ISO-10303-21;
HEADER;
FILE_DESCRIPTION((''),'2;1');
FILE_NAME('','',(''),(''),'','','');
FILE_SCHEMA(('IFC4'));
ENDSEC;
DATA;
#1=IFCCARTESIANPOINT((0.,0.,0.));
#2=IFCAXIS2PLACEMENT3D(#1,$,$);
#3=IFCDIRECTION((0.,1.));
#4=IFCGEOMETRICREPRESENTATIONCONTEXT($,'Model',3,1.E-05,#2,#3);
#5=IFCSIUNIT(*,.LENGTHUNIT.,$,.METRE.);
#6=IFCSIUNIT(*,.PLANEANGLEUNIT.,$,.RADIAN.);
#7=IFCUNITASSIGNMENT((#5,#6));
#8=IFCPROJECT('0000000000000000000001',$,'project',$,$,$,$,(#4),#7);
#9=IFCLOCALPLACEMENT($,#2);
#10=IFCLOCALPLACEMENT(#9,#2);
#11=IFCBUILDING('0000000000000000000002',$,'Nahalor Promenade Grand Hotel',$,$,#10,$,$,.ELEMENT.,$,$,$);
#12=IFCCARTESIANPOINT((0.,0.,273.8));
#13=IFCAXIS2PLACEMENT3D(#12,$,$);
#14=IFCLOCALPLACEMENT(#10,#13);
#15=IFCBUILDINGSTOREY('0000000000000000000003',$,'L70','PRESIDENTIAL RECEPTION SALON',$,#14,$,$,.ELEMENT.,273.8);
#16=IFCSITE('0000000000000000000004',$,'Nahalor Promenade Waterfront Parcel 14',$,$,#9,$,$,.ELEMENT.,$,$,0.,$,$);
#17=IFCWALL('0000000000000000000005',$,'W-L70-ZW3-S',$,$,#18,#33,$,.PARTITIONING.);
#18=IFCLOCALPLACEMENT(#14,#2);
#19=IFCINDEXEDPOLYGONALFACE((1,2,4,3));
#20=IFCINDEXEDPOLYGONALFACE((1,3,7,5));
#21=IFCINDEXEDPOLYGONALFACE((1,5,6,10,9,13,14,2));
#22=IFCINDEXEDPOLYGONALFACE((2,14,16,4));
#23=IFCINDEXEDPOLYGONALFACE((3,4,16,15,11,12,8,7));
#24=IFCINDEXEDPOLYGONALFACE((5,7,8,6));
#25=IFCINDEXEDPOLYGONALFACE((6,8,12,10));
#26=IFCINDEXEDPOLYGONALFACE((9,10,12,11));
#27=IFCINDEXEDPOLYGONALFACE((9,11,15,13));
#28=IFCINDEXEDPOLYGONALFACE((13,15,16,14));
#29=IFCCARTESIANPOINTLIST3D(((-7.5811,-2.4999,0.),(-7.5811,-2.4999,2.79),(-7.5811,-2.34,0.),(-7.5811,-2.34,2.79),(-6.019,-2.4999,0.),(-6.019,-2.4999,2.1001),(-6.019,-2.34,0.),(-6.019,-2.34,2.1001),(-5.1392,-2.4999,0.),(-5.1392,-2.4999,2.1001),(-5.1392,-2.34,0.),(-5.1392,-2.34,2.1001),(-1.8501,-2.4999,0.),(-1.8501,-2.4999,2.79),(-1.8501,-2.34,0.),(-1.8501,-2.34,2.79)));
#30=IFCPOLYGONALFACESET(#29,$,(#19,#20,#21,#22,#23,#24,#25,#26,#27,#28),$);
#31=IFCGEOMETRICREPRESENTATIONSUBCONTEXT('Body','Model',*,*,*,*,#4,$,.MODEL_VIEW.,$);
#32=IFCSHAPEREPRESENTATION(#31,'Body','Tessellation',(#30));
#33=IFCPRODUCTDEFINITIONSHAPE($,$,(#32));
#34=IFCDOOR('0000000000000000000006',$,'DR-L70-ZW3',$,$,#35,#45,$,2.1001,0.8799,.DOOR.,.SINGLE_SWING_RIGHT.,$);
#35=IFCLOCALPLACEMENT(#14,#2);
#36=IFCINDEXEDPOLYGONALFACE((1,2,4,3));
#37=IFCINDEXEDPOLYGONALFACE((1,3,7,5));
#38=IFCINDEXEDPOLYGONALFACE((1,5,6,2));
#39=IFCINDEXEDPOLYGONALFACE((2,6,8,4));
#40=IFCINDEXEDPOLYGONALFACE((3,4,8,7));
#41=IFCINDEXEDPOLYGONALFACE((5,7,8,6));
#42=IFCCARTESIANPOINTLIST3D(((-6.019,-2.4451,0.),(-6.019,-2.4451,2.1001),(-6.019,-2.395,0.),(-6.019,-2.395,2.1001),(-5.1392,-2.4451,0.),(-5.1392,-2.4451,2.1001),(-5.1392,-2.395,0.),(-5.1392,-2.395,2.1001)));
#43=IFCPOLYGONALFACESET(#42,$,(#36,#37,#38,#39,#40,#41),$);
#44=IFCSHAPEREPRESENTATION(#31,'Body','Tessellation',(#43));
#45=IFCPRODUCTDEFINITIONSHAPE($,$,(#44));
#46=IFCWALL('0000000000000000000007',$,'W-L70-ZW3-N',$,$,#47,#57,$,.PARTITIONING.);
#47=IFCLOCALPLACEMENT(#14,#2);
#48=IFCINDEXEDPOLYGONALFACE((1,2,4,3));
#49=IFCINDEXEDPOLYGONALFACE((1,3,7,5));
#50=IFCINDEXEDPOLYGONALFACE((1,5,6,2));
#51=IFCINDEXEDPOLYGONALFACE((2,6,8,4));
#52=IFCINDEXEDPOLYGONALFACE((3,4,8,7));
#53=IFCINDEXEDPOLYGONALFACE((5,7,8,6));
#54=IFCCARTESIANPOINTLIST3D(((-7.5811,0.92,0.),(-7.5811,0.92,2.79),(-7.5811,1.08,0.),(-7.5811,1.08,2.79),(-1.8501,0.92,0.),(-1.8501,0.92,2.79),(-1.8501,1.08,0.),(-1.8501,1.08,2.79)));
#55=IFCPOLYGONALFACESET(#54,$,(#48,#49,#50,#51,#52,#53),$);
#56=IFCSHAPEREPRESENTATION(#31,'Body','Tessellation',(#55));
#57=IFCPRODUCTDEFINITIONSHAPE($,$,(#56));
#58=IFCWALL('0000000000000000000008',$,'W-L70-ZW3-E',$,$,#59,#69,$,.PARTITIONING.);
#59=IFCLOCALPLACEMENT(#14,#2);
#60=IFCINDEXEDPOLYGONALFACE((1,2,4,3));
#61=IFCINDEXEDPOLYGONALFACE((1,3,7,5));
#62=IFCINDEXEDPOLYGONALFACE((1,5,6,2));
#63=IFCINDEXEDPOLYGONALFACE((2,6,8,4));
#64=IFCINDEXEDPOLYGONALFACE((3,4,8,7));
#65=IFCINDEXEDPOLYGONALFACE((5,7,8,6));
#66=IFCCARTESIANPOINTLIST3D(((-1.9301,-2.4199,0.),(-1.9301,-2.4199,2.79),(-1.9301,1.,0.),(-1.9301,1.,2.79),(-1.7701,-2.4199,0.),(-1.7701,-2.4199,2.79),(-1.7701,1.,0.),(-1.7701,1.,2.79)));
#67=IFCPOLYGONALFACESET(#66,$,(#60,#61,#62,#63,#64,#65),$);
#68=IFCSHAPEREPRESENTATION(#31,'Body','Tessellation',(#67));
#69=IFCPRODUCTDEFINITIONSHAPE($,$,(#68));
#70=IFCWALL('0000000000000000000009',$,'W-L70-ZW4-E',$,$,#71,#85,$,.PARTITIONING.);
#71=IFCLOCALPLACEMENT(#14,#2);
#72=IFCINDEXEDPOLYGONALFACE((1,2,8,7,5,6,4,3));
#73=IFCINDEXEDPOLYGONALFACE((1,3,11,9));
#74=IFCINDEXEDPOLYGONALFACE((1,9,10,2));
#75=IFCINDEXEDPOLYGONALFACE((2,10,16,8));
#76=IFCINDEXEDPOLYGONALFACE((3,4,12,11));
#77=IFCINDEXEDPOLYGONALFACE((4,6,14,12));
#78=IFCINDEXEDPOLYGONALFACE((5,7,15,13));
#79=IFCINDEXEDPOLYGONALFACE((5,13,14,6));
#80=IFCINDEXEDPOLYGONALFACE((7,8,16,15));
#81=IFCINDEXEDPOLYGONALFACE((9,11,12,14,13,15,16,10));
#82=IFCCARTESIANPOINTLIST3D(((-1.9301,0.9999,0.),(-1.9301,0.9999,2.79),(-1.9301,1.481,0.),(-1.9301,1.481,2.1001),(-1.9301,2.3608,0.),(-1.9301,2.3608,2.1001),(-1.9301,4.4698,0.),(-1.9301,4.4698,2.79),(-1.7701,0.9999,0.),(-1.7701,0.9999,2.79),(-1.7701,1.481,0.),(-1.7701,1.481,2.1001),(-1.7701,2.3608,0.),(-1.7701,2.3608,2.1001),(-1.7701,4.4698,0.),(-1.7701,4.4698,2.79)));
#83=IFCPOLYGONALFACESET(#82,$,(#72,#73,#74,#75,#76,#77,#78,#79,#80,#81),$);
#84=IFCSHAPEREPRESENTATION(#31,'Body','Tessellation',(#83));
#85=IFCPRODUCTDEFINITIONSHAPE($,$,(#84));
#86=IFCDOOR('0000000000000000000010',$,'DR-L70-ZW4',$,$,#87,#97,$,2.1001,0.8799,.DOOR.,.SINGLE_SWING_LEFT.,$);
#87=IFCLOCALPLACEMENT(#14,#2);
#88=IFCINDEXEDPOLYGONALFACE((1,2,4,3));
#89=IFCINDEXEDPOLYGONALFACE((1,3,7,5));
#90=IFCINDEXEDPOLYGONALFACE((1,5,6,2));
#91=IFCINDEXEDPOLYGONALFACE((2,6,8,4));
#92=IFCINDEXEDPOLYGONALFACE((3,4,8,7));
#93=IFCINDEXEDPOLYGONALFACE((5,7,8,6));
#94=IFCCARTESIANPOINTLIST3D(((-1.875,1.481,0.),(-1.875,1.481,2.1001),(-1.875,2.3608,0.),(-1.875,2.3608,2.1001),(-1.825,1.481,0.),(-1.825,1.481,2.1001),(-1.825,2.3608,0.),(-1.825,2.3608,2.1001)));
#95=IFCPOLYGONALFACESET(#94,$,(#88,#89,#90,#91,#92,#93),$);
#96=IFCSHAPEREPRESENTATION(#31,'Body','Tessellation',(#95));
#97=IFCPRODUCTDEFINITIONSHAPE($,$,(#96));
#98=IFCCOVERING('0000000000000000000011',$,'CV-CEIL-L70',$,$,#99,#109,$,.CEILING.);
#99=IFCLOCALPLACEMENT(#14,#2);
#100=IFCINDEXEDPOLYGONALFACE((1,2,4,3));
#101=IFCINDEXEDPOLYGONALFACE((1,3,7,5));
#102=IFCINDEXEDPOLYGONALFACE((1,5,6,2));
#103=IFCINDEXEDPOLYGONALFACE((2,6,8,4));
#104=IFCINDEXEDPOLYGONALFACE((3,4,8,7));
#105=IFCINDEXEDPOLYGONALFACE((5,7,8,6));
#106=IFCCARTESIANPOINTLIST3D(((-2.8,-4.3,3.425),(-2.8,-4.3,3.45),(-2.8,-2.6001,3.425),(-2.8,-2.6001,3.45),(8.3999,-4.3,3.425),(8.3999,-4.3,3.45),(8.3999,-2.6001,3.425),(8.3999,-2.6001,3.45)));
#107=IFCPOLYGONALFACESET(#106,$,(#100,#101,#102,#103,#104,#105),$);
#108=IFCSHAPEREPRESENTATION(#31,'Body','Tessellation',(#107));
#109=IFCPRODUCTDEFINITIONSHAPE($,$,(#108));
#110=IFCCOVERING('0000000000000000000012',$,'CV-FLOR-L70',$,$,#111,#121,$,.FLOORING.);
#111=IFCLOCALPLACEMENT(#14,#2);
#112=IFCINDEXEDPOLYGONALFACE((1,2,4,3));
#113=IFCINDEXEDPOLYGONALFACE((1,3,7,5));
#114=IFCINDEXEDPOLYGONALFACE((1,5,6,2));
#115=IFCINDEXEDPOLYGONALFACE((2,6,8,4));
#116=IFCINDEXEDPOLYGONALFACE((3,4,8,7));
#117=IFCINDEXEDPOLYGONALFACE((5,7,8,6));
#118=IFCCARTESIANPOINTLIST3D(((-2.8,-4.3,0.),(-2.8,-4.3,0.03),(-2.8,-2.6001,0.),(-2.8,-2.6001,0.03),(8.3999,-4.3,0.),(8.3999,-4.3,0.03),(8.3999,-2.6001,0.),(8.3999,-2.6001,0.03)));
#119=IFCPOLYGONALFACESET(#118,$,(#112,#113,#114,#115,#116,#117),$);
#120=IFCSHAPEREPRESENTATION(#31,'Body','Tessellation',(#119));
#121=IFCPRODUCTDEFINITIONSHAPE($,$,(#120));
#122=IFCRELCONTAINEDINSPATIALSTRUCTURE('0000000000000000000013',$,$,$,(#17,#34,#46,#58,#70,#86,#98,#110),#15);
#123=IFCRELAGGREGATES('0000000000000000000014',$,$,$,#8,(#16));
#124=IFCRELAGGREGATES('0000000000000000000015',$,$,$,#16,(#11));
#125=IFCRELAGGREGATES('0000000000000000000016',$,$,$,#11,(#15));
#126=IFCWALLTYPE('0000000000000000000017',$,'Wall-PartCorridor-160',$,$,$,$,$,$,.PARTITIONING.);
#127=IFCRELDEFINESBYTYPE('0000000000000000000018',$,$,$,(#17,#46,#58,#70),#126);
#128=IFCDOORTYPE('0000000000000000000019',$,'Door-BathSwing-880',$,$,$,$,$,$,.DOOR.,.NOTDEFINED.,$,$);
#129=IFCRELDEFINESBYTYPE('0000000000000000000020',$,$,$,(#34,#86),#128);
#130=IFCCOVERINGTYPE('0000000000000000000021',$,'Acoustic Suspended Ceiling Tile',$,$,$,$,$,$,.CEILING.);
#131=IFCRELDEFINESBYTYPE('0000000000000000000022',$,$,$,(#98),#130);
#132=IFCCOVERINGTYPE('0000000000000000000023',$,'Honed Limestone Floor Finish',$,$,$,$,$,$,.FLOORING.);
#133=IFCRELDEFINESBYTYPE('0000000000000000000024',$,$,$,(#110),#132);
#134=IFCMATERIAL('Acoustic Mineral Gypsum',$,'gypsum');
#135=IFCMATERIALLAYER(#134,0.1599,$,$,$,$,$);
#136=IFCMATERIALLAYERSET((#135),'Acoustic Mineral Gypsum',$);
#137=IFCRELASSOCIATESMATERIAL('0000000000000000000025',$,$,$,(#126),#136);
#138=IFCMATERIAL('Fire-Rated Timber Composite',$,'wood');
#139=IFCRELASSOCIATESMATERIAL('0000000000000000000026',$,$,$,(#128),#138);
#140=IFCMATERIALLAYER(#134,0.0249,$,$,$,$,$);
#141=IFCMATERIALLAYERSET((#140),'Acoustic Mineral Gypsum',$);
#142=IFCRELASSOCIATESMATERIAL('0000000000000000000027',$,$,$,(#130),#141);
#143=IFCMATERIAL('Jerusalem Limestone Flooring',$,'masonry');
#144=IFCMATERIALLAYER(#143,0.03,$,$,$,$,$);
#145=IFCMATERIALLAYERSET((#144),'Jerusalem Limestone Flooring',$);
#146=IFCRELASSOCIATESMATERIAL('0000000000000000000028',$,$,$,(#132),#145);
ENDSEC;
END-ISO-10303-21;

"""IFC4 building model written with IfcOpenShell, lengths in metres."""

from ifc_helpers import new_model, si_unit, direction, frame, frame_2d, origin, place, context, subcontext, project, spatial, polyline, rectangle, outline, extrude, source, transform, mapped, material, layer, layer_set, type_object, element, fill, save


model = new_model("IFC4")

# Units and contexts
model_context = context("Model", 3, precision=1e-05, world=origin(), true_north=direction((0.0, 1.0)))
body_context = subcontext(model_context, "Body", "Model", "MODEL_VIEW")
ifc_project = project(units=[si_unit("LENGTHUNIT", "METRE"), si_unit("PLANEANGLEUNIT", "RADIAN")], contexts=[model_context])

# Site, building, storey
site_placement = place(None, origin())
site = spatial("IfcSite", under=ifc_project, at=site_placement, Name="Nahalor Promenade Waterfront Parcel 14", CompositionType="ELEMENT", RefElevation=0.0)
building_placement = place(site_placement, origin())
building = spatial("IfcBuilding", under=site, at=building_placement, Name="Nahalor Promenade Grand Hotel", CompositionType="ELEMENT")
storey_placement = place(building_placement, frame((0.0, 0.0, 273.8)))
storey = spatial("IfcBuildingStorey", under=building, at=storey_placement, Name="L70", Description="PRESIDENTIAL RECEPTION SALON", CompositionType="ELEMENT", Elevation=273.8)

# Shared definitions
ifc_material_1 = material(Name="Acoustic Mineral Gypsum", Category="gypsum")
ifc_layer_1 = layer(ifc_material_1, 0.1599)
ifc_layer_set_1 = layer_set([ifc_layer_1], Name="Acoustic Mineral Gypsum")
wall_type = type_object("IfcWallType", Name="Wall-PartCorridor-160", PredefinedType="PARTITIONING", material=ifc_layer_set_1)

# Wall, opening, door
ifc_material_2 = material(Name="Fire-Rated Timber Composite", Category="wood")
door_type = type_object("IfcDoorType", Name="Door-BathSwing-880", OperationType="NOTDEFINED", PredefinedType="DOOR", material=ifc_material_2)
shared_shape_1 = source(origin(), body_context, "Body", "SweptSolid", [
    extrude(rectangle(XDim=0.8799, YDim=2.1001, at=frame_2d((0.4399, 1.05))), frame((0.0, 0.0249, 0.0), z_axis=(0.0, -1.0, 0.0), x_axis=(1.0, 0.0, 0.0)), (0.0, 0.0, 1.0), 0.05),
])
shared_shape_2 = source(origin(), body_context, "Body", "SweptSolid", [
    extrude(rectangle(XDim=5.731, YDim=0.1599, at=frame_2d((2.8655, 0.0))), origin(), (0.0, 0.0, 1.0), 2.79),
])
wall_1_placement = place(storey_placement, frame((-7.5811, -2.4199, 0.0), z_axis=(0.0, 0.0, 1.0), x_axis=(1.0, 0.0, 0.0)))
wall_1 = element("IfcWall", 1, at=wall_1_placement, inside=storey, type_object=wall_type, Name="W-L70-ZW3-S", PredefinedType="PARTITIONING", context=body_context, shape_type="MappedRepresentation", body=[
    mapped(shared_shape_2, transform((0.0, 0.0, 0.0), scale=1.0)),
])
opening_1_placement = place(wall_1_placement, frame((1.562, 0.0, 0.0)))
opening_1 = element("IfcOpeningElement", 2, at=opening_1_placement, cuts=wall_1, PredefinedType="OPENING", context=body_context, shape_type="SweptSolid", body=[
    extrude(rectangle(XDim=0.8799, YDim=2.1001, at=frame_2d((0.4399, 1.05))), frame((0.0, 0.0898, 0.0), z_axis=(0.0, -1.0, 0.0), x_axis=(1.0, 0.0, 0.0)), (0.0, 0.0, 1.0), 0.1799),
])
door_1_placement = place(opening_1_placement, origin())
door_1 = element("IfcDoor", 3, at=door_1_placement, inside=storey, type_object=door_type, Name="DR-L70-ZW3", OperationType="SINGLE_SWING_RIGHT", OverallHeight=2.1001, OverallWidth=0.8799, PredefinedType="DOOR", context=body_context, shape_type="MappedRepresentation", body=[
    mapped(shared_shape_1, transform((0.0, 0.0, 0.0), scale=1.0)),
])
fill(opening_1, door_1)

# Walls
wall_2_placement = place(storey_placement, frame((-7.5811, 1.0, 0.0), z_axis=(0.0, 0.0, 1.0), x_axis=(1.0, 0.0, 0.0)))
element("IfcWall", 4, at=wall_2_placement, inside=storey, type_object=wall_type, Name="W-L70-ZW3-N", PredefinedType="PARTITIONING", context=body_context, shape_type="MappedRepresentation", body=[
    mapped(shared_shape_2, transform((0.0, 0.0, 0.0), scale=1.0)),
])
shared_shape_3 = source(origin(), body_context, "Body", "SweptSolid", [
    extrude(rectangle(XDim=3.4199, YDim=0.1599, at=frame_2d((1.71, 0.0))), origin(), (0.0, 0.0, 1.0), 2.79),
])
wall_3_placement = place(storey_placement, frame((-1.8501, -2.4199, 0.0), z_axis=(0.0, 0.0, 1.0), x_axis=(0.0, 1.0, 0.0)))
element("IfcWall", 5, at=wall_3_placement, inside=storey, type_object=wall_type, Name="W-L70-ZW3-E", PredefinedType="PARTITIONING", context=body_context, shape_type="MappedRepresentation", body=[
    mapped(shared_shape_3, transform((0.0, 0.0, 0.0), scale=1.0)),
])

# Wall, opening, door
shared_shape_4 = source(origin(), body_context, "Body", "SweptSolid", [
    extrude(rectangle(XDim=3.47, YDim=0.1599, at=frame_2d((1.7349, 0.0))), origin(), (0.0, 0.0, 1.0), 2.79),
])
wall_4_placement = place(storey_placement, frame((-1.8501, 1.0, 0.0), z_axis=(0.0, 0.0, 1.0), x_axis=(0.0, 1.0, 0.0)))
wall_4 = element("IfcWall", 6, at=wall_4_placement, inside=storey, type_object=wall_type, Name="W-L70-ZW4-E", PredefinedType="PARTITIONING", context=body_context, shape_type="MappedRepresentation", body=[
    mapped(shared_shape_4, transform((0.0, 0.0, 0.0), scale=1.0)),
])
opening_2_placement = place(wall_4_placement, frame((0.481, 0.0, 0.0)))
opening_2 = element("IfcOpeningElement", 7, at=opening_2_placement, cuts=wall_4, PredefinedType="OPENING", context=body_context, shape_type="SweptSolid", body=[
    extrude(rectangle(XDim=0.8799, YDim=2.1001, at=frame_2d((0.4399, 1.05))), frame((0.0, 0.0898, 0.0), z_axis=(0.0, -1.0, 0.0), x_axis=(1.0, 0.0, 0.0)), (0.0, 0.0, 1.0), 0.1799),
])
door_2_placement = place(opening_2_placement, origin())
door_2 = element("IfcDoor", 8, at=door_2_placement, inside=storey, type_object=door_type, Name="DR-L70-ZW4", OperationType="SINGLE_SWING_LEFT", OverallHeight=2.1001, OverallWidth=0.8799, PredefinedType="DOOR", context=body_context, shape_type="MappedRepresentation", body=[
    mapped(shared_shape_1, transform((0.0, 0.0, 0.0), scale=1.0)),
])
fill(opening_2, door_2)

# Coverings
ifc_layer_2 = layer(ifc_material_1, 0.0249)
ifc_layer_set_2 = layer_set([ifc_layer_2], Name="Acoustic Mineral Gypsum")
covering_type_1 = type_object("IfcCoveringType", Name="Acoustic Suspended Ceiling Tile", PredefinedType="CEILING", material=ifc_layer_set_2)
covering_1_placement = place(storey_placement, frame((0.0, 0.0, 3.425)))
element("IfcCovering", 9, at=covering_1_placement, inside=storey, type_object=covering_type_1, Name="CV-CEIL-L70", PredefinedType="CEILING", context=body_context, shape_type="SweptSolid", body=[
    extrude(outline(polyline([(-2.8, -4.3), (8.3999, -4.3), (8.3999, -2.6001), (-2.8, -2.6001), (-2.8, -4.3)])), origin(), (0.0, 0.0, 1.0), 0.0249),
])
ifc_material_3 = material(Name="Jerusalem Limestone Flooring", Category="masonry")
ifc_layer_3 = layer(ifc_material_3, 0.03)
ifc_layer_set_3 = layer_set([ifc_layer_3], Name="Jerusalem Limestone Flooring")
covering_type_2 = type_object("IfcCoveringType", Name="Honed Limestone Floor Finish", PredefinedType="FLOORING", material=ifc_layer_set_3)
covering_2_placement = place(storey_placement, origin())
element("IfcCovering", 10, at=covering_2_placement, inside=storey, type_object=covering_type_2, Name="CV-FLOR-L70", PredefinedType="FLOORING", context=body_context, shape_type="SweptSolid", body=[
    extrude(outline(polyline([(-2.8, -4.3), (8.3999, -4.3), (8.3999, -2.6001), (-2.8, -2.6001), (-2.8, -4.3)])), origin(), (0.0, 0.0, 1.0), 0.03),
])

save(model, "model.ifc")
